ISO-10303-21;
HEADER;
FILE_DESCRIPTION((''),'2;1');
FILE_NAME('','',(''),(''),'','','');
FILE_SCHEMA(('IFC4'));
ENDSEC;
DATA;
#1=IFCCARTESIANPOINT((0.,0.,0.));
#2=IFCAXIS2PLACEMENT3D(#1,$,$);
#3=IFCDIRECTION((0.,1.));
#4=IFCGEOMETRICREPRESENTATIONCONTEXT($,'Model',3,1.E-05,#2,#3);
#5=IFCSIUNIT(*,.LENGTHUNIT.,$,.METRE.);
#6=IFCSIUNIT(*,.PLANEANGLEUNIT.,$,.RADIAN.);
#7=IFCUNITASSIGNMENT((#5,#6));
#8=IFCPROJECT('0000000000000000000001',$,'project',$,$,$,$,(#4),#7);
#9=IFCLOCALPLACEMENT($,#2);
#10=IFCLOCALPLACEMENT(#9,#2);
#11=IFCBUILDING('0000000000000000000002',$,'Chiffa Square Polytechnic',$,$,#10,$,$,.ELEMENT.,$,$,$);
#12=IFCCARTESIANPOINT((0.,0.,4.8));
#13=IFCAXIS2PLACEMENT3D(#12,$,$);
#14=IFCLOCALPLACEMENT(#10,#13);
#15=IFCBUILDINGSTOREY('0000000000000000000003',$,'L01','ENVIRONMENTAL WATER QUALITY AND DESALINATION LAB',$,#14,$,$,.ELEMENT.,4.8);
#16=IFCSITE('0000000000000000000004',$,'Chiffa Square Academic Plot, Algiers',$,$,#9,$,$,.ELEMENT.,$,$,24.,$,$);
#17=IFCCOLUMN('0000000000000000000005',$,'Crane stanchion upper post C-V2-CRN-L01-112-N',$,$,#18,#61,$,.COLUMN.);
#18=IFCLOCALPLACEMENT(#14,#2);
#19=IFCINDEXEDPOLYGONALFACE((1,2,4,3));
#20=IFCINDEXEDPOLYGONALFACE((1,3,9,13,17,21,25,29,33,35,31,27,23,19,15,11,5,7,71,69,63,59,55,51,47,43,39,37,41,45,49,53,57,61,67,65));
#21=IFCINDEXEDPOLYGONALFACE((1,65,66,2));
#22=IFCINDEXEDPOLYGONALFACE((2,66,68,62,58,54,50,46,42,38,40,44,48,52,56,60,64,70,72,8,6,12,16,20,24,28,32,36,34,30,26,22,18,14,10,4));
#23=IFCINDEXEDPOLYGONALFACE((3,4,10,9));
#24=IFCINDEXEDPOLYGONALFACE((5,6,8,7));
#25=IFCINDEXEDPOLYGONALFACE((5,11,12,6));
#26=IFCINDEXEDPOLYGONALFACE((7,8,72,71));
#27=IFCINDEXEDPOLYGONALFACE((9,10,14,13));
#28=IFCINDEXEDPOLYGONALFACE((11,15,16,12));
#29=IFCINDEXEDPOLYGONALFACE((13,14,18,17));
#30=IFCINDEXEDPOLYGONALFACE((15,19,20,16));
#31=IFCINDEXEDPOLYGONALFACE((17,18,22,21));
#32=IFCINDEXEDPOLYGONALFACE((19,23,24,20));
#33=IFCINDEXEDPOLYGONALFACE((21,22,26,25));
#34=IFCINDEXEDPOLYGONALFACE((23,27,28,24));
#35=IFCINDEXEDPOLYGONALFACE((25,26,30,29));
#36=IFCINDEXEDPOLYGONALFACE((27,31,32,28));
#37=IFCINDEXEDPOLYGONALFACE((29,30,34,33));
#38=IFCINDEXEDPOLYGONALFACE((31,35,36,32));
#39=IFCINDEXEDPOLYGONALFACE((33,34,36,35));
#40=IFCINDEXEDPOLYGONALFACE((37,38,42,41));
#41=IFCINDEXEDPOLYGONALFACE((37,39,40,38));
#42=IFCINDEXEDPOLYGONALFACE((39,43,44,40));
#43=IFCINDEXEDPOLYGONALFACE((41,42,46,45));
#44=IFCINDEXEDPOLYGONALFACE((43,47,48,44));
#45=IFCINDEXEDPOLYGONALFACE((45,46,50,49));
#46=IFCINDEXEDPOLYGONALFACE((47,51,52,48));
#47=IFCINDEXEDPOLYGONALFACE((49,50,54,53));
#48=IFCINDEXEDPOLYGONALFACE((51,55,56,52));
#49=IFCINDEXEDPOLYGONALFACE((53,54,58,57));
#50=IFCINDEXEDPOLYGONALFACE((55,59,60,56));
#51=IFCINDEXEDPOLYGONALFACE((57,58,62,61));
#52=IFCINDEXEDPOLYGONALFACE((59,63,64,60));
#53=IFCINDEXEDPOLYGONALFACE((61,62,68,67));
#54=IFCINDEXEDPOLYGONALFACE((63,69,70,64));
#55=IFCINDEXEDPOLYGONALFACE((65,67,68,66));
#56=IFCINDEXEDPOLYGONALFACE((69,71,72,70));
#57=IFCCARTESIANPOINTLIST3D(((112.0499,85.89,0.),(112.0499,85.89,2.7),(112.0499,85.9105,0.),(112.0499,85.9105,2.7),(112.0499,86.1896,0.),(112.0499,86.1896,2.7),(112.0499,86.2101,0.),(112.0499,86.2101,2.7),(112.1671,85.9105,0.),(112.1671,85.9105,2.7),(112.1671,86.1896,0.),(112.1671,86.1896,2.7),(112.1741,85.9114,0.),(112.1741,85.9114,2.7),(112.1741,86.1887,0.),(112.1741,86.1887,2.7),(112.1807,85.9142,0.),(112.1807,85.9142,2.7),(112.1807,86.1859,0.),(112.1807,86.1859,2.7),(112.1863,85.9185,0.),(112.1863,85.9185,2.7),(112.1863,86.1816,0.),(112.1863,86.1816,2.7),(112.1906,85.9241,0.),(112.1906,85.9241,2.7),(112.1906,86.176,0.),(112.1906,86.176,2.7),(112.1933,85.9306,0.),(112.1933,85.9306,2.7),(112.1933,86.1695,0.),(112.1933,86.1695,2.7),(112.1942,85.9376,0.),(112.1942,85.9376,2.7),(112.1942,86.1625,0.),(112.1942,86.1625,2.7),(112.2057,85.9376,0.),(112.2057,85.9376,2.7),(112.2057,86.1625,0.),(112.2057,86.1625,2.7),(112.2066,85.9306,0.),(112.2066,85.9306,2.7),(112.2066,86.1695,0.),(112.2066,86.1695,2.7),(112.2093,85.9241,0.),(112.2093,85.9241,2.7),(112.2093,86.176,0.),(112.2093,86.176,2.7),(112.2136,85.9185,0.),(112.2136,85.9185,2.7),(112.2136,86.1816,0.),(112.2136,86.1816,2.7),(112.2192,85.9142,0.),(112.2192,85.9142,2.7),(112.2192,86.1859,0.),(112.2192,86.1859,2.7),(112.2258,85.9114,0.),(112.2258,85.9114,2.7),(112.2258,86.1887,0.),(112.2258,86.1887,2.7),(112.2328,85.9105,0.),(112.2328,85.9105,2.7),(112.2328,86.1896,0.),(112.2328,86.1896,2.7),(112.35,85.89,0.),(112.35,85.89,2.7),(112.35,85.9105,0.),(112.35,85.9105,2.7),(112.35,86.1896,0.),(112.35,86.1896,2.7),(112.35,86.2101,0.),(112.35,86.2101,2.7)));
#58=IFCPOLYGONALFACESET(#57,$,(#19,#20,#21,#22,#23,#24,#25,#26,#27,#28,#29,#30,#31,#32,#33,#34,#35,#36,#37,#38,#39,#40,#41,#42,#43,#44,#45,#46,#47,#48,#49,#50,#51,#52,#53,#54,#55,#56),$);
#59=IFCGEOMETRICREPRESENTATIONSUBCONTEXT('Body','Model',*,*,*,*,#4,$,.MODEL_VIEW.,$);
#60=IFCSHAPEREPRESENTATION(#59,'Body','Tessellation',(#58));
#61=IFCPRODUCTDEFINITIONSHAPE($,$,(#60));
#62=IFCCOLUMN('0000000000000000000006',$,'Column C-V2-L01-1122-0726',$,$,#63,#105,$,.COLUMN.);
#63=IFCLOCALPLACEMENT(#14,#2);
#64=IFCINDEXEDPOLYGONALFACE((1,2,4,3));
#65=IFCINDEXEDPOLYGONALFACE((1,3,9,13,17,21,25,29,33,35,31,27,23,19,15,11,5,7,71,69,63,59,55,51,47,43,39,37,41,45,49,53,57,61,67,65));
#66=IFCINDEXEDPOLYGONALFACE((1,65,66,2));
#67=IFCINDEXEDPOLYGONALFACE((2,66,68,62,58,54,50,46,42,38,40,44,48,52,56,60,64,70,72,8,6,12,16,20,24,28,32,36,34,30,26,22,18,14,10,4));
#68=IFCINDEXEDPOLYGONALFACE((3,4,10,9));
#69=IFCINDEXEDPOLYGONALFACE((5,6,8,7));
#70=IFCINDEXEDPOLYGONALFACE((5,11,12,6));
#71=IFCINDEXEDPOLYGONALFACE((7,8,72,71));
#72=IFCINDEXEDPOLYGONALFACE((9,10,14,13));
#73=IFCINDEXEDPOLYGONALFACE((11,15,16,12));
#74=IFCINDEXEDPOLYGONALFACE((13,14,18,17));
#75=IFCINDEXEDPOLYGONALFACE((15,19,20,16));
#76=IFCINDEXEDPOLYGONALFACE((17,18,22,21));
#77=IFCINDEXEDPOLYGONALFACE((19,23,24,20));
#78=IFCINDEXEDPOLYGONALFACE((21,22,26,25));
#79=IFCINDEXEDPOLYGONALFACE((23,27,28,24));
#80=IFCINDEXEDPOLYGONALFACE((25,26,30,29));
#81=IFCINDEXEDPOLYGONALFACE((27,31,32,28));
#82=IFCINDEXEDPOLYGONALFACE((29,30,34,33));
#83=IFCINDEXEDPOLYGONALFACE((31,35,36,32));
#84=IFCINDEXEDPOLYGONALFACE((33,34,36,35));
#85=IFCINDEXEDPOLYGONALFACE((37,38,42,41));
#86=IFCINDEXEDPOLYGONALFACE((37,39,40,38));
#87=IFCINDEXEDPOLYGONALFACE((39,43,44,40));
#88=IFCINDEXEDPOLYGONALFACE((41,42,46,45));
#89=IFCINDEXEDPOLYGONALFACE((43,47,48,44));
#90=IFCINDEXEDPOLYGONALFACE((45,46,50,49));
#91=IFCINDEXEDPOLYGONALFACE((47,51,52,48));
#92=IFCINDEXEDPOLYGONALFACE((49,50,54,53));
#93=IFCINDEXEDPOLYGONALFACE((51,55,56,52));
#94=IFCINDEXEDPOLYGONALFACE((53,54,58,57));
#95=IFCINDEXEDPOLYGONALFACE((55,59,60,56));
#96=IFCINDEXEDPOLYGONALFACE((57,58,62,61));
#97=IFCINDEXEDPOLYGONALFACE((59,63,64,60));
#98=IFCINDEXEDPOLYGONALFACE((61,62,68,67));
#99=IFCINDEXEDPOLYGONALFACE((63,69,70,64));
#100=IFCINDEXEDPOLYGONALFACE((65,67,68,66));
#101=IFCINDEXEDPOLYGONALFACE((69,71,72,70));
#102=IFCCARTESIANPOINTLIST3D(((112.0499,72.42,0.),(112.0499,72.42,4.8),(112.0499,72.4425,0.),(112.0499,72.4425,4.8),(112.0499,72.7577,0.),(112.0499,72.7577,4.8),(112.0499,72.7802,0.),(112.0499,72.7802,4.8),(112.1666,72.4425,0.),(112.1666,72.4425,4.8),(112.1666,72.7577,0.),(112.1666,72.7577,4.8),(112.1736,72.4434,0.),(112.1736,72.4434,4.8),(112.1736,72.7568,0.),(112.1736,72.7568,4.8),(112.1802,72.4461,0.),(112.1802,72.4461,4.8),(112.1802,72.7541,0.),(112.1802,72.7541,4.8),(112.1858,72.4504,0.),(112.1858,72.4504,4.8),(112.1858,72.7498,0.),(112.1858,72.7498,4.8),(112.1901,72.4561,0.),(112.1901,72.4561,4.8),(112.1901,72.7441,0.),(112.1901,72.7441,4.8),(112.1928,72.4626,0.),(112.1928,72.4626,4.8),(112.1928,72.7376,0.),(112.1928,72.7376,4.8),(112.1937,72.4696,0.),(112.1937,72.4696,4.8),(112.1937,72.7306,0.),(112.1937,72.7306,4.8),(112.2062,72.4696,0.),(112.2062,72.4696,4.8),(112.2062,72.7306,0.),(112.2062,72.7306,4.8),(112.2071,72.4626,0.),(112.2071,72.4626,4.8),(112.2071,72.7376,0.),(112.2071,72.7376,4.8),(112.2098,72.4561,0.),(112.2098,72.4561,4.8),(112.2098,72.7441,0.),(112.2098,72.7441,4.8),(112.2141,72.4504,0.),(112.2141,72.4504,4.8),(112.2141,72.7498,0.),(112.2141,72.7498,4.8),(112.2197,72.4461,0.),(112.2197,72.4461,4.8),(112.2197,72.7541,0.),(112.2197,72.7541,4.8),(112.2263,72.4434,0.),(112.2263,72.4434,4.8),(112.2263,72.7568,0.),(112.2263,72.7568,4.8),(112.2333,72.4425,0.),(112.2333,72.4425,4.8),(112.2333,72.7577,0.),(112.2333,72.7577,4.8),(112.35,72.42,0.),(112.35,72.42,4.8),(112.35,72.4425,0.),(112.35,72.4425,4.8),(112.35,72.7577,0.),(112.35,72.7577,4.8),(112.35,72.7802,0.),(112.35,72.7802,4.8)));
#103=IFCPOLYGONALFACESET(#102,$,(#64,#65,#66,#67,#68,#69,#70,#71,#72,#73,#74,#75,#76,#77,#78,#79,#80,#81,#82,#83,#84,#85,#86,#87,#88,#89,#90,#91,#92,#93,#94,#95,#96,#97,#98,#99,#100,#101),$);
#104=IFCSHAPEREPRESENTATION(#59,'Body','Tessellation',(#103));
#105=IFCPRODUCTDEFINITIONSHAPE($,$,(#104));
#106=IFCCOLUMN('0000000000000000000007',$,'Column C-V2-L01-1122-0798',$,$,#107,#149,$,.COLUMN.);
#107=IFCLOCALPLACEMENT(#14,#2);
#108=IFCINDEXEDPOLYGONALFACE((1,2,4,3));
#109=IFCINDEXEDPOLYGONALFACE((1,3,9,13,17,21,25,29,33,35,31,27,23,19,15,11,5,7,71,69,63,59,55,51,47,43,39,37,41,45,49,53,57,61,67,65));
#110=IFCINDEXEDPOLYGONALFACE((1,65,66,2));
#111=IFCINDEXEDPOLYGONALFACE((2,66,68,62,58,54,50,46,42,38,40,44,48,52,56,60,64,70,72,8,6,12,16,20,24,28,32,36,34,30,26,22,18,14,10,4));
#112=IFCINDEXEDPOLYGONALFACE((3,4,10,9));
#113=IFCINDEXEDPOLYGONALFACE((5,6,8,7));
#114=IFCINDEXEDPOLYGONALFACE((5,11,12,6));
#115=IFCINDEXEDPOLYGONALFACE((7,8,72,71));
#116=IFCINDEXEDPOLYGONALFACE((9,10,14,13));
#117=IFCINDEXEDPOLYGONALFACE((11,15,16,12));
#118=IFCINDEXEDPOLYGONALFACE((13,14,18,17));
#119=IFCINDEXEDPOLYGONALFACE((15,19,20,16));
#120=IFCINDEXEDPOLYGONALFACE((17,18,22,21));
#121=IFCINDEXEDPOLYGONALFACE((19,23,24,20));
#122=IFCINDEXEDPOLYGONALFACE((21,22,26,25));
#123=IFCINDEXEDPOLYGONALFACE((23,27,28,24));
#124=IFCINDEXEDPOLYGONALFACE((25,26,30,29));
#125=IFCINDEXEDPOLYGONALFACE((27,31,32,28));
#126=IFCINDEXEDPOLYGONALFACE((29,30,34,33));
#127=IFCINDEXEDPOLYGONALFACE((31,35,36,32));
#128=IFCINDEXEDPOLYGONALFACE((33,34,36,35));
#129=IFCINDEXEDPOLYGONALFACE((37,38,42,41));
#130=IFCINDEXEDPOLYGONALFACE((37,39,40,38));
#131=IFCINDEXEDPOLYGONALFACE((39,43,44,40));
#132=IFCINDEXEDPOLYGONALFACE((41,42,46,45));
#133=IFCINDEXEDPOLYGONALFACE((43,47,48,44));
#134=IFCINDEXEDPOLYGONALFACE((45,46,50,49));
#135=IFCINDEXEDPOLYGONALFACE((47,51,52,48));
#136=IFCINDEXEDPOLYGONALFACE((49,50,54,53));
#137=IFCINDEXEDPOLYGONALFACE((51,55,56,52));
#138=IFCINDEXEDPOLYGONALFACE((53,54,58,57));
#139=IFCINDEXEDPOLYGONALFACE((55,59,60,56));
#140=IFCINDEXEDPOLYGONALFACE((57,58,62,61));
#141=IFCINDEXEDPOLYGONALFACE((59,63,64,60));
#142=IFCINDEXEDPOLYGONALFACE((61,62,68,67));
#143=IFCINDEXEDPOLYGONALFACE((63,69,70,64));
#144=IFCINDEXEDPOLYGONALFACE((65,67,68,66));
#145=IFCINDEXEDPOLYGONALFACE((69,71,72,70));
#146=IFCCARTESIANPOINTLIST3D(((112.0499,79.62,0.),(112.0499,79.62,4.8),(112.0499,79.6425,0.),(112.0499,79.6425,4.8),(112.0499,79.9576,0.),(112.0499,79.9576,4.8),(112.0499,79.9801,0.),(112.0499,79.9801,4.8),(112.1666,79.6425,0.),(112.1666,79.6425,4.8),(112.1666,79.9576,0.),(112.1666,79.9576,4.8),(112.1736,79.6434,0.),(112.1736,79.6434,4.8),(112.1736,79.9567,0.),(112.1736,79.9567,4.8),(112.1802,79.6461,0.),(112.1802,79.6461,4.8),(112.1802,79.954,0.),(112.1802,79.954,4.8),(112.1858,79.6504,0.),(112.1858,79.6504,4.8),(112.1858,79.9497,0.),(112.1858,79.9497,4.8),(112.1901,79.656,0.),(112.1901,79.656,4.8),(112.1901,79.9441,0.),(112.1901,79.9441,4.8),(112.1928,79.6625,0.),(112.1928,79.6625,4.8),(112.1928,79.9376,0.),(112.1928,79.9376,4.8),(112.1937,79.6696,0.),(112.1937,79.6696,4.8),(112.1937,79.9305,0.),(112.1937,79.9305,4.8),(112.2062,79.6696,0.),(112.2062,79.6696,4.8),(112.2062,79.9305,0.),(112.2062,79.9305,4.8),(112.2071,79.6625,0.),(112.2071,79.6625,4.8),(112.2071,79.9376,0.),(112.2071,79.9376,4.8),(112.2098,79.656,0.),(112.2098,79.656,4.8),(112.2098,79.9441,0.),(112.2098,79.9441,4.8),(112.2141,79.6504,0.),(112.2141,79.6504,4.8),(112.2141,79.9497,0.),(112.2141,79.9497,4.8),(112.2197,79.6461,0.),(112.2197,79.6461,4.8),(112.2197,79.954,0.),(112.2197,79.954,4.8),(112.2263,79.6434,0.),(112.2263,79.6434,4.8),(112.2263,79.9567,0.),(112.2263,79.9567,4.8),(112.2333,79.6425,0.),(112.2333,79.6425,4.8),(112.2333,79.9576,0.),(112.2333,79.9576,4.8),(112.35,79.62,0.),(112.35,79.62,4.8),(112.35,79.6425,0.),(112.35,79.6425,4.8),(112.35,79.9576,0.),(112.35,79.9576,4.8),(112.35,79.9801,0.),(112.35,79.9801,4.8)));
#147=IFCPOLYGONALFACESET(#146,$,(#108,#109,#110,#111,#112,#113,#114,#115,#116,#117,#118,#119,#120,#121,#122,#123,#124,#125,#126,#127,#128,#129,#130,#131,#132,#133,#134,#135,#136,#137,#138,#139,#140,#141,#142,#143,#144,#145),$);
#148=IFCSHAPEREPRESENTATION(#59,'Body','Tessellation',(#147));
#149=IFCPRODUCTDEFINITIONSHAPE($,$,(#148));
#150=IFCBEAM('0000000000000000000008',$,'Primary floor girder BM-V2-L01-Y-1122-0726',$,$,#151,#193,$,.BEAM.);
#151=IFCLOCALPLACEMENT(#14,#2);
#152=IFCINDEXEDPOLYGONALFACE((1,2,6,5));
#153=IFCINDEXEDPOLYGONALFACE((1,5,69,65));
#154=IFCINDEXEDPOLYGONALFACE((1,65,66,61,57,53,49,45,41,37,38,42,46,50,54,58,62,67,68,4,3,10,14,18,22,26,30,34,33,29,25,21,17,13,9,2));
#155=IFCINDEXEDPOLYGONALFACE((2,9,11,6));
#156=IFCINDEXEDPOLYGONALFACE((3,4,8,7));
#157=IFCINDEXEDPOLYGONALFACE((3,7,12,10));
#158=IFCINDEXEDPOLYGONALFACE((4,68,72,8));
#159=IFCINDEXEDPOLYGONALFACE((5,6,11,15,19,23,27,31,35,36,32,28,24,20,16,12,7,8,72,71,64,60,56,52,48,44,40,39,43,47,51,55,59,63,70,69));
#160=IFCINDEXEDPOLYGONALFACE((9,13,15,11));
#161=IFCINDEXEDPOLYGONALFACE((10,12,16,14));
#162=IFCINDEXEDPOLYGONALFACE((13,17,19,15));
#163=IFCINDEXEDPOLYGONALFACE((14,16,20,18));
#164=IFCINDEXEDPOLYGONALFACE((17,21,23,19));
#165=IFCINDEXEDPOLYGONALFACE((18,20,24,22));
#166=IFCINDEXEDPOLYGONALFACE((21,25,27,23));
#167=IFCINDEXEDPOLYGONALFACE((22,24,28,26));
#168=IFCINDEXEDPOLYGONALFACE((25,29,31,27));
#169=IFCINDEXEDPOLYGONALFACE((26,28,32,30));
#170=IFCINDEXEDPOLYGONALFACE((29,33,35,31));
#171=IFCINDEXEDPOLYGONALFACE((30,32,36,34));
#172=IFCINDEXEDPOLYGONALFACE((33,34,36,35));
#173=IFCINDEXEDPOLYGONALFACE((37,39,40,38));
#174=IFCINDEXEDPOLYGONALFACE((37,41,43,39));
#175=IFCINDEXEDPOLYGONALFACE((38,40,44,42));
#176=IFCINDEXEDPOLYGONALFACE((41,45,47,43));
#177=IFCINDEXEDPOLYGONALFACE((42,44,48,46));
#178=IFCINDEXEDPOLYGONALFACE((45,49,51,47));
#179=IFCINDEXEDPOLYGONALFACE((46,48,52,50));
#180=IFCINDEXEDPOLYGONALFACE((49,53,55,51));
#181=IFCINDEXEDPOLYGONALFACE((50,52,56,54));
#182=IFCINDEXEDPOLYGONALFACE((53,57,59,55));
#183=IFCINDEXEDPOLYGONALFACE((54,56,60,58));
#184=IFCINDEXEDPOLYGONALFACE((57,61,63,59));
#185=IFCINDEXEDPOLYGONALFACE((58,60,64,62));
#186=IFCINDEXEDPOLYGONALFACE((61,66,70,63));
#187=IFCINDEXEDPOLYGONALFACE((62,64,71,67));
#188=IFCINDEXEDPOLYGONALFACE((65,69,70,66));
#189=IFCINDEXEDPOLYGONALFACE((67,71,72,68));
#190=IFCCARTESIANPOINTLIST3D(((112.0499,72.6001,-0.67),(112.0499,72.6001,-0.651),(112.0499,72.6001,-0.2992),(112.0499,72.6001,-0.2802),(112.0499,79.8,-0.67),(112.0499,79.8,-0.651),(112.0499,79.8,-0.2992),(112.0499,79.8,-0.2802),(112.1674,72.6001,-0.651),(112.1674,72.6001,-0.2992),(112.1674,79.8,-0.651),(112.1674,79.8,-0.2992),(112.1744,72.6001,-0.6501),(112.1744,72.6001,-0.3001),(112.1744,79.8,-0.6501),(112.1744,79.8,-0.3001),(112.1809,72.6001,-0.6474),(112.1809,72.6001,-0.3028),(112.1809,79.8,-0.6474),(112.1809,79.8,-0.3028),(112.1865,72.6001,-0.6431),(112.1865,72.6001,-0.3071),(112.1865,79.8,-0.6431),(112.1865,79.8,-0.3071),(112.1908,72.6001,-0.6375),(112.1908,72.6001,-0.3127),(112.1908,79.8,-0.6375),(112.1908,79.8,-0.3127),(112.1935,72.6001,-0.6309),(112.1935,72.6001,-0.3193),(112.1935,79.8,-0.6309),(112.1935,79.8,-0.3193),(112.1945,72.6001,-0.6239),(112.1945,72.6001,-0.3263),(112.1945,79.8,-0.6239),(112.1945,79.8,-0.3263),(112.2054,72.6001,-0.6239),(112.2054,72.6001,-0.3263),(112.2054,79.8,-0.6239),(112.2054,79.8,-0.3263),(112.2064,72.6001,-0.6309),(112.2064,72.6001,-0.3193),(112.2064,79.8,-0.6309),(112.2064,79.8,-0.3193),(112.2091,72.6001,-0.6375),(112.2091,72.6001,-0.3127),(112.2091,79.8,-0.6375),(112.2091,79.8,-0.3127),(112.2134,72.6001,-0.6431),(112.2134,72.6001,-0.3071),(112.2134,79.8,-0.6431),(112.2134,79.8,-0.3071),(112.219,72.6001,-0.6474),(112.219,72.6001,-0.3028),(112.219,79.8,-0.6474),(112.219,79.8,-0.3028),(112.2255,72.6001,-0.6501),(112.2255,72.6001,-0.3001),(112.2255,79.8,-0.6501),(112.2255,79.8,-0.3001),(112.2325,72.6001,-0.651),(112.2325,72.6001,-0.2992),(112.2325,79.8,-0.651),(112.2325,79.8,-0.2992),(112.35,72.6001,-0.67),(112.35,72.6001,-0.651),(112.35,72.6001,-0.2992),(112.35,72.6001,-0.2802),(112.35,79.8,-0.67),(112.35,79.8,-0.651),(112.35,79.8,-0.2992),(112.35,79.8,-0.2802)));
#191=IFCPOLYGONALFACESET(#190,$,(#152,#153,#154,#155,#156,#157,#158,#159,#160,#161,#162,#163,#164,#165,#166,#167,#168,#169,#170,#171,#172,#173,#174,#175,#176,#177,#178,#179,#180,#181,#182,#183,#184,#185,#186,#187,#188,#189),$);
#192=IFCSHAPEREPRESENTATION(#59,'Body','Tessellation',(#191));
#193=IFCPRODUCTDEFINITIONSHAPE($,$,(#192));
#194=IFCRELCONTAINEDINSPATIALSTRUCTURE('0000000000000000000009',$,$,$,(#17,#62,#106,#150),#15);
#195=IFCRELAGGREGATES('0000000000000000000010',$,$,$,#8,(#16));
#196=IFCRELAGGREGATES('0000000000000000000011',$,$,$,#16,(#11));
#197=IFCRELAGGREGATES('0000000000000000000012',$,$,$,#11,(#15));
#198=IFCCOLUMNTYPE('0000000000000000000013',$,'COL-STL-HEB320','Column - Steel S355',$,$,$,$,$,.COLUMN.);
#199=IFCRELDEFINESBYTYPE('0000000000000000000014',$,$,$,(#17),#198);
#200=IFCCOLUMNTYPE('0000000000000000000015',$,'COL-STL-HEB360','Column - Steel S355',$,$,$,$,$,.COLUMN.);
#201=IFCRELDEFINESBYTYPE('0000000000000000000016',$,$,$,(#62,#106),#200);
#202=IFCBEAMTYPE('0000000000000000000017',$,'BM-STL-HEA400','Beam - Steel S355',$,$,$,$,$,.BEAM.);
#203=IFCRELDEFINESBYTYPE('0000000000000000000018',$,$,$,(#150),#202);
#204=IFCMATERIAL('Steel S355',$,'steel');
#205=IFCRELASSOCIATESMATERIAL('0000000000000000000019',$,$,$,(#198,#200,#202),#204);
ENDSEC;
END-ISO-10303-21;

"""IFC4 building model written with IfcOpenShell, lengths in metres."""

from ifc_helpers import new_model, si_unit, direction, frame, origin, origin_2d, place, context, subcontext, project, spatial, i_section, extrude, material, material_profile, profile_set, type_object, element, save


model = new_model("IFC4")

# Units and contexts
model_context = context("Model", 3, precision=1e-05, world=origin(), true_north=direction((0.0, 1.0)))
body_context = subcontext(model_context, "Body", "Model", "MODEL_VIEW")
ifc_project = project(units=[si_unit("LENGTHUNIT", "METRE"), si_unit("PLANEANGLEUNIT", "RADIAN")], contexts=[model_context])

# Site, building, storey
site_placement = place(None, origin())
site = spatial("IfcSite", under=ifc_project, at=site_placement, Name="Chiffa Square Academic Plot, Algiers", CompositionType="ELEMENT", RefElevation=24.0)
building_placement = place(site_placement, origin())
building = spatial("IfcBuilding", under=site, at=building_placement, Name="Chiffa Square Polytechnic", CompositionType="ELEMENT")
storey_placement = place(building_placement, frame((0.0, 0.0, 4.8)))
storey = spatial("IfcBuildingStorey", under=building, at=storey_placement, Name="L01", Description="ENVIRONMENTAL WATER QUALITY AND DESALINATION LAB", CompositionType="ELEMENT", Elevation=4.8)

# Columns
ifc_material_1 = material(Name="Steel S355", Category="steel")
ifc_material_profile_1 = material_profile(ifc_material_1, i_section(OverallWidth=0.3, OverallDepth=0.3201, WebThickness=0.0115, FlangeThickness=0.0205, FilletRadius=0.0271, at=origin_2d()), Name="HEB 320")
ifc_profile_set_1 = profile_set([ifc_material_profile_1], Name="Steel S355")
column_type_1 = type_object("IfcColumnType", Name="COL-STL-HEB320", Description="Column - Steel S355", PredefinedType="COLUMN", material=ifc_profile_set_1)
column_placement = place(storey_placement, frame((112.2, 86.05, 0.0), z_axis=(0.0, 0.0, 1.0), x_axis=(1.0, 0.0, 0.0)))
element("IfcColumn", 1, at=column_placement, inside=storey, type_object=column_type_1, Name="Crane stanchion upper post C-V2-CRN-L01-112-N", PredefinedType="COLUMN", context=body_context, shape_type="SweptSolid", body=[
    extrude(i_section(OverallWidth=0.3, OverallDepth=0.3201, WebThickness=0.0115, FlangeThickness=0.0205, FilletRadius=0.0271, at=origin_2d()), origin(), (0.0, 0.0, 1.0), 2.7),
])
ifc_material_profile_2 = material_profile(ifc_material_1, i_section(OverallWidth=0.3, OverallDepth=0.3601, WebThickness=0.0125, FlangeThickness=0.0225, FilletRadius=0.0271, at=origin_2d()), Name="HEB 360")
ifc_profile_set_2 = profile_set([ifc_material_profile_2], Name="Steel S355")
column_type_2 = type_object("IfcColumnType", Name="COL-STL-HEB360", Description="Column - Steel S355", PredefinedType="COLUMN", material=ifc_profile_set_2)
for number, where, z_axis, x_axis, name in (
    (2, (112.2, 72.6001, 0.0), (0.0, 0.0, 1.0), (1.0, 0.0, 0.0), "Column C-V2-L01-1122-0726"),
    (3, (112.2, 79.8, 0.0), (0.0, 0.0, 1.0), (1.0, 0.0, 0.0), "Column C-V2-L01-1122-0798"),
):
    element("IfcColumn", number, at=place(storey_placement, frame(where, z_axis=z_axis, x_axis=x_axis)), inside=storey, type_object=column_type_2, Name=name, PredefinedType="COLUMN", context=body_context, shape_type="SweptSolid", body=[
        extrude(i_section(OverallWidth=0.3, OverallDepth=0.3601, WebThickness=0.0125, FlangeThickness=0.0225, FilletRadius=0.0271, at=origin_2d()), origin(), (0.0, 0.0, 1.0), 4.8),
    ])

# Beam
ifc_material_profile_3 = material_profile(ifc_material_1, i_section(OverallWidth=0.3, OverallDepth=0.3899, WebThickness=0.011, FlangeThickness=0.019, FilletRadius=0.0271, at=origin_2d()), Name="HEA 400")
ifc_profile_set_3 = profile_set([ifc_material_profile_3], Name="Steel S355")
beam_type_1 = type_object("IfcBeamType", Name="BM-STL-HEA400", Description="Beam - Steel S355", PredefinedType="BEAM", material=ifc_profile_set_3)
for number, where, z_axis, x_axis, name in (
    (4, (112.2, 72.6001, -0.4751), (0.0, 1.0, 0.0), (-1.0, 0.0, 0.0), "Primary floor girder BM-V2-L01-Y-1122-0726"),
):
    element("IfcBeam", number, at=place(storey_placement, frame(where, z_axis=z_axis, x_axis=x_axis)), inside=storey, type_object=beam_type_1, Name=name, PredefinedType="BEAM", context=body_context, shape_type="SweptSolid", body=[
        extrude(i_section(OverallWidth=0.3, OverallDepth=0.3899, WebThickness=0.011, FlangeThickness=0.019, FilletRadius=0.0271, at=origin_2d()), origin(), (0.0, 0.0, 1.0), 7.2),
    ])

save(model, "model.ifc")
